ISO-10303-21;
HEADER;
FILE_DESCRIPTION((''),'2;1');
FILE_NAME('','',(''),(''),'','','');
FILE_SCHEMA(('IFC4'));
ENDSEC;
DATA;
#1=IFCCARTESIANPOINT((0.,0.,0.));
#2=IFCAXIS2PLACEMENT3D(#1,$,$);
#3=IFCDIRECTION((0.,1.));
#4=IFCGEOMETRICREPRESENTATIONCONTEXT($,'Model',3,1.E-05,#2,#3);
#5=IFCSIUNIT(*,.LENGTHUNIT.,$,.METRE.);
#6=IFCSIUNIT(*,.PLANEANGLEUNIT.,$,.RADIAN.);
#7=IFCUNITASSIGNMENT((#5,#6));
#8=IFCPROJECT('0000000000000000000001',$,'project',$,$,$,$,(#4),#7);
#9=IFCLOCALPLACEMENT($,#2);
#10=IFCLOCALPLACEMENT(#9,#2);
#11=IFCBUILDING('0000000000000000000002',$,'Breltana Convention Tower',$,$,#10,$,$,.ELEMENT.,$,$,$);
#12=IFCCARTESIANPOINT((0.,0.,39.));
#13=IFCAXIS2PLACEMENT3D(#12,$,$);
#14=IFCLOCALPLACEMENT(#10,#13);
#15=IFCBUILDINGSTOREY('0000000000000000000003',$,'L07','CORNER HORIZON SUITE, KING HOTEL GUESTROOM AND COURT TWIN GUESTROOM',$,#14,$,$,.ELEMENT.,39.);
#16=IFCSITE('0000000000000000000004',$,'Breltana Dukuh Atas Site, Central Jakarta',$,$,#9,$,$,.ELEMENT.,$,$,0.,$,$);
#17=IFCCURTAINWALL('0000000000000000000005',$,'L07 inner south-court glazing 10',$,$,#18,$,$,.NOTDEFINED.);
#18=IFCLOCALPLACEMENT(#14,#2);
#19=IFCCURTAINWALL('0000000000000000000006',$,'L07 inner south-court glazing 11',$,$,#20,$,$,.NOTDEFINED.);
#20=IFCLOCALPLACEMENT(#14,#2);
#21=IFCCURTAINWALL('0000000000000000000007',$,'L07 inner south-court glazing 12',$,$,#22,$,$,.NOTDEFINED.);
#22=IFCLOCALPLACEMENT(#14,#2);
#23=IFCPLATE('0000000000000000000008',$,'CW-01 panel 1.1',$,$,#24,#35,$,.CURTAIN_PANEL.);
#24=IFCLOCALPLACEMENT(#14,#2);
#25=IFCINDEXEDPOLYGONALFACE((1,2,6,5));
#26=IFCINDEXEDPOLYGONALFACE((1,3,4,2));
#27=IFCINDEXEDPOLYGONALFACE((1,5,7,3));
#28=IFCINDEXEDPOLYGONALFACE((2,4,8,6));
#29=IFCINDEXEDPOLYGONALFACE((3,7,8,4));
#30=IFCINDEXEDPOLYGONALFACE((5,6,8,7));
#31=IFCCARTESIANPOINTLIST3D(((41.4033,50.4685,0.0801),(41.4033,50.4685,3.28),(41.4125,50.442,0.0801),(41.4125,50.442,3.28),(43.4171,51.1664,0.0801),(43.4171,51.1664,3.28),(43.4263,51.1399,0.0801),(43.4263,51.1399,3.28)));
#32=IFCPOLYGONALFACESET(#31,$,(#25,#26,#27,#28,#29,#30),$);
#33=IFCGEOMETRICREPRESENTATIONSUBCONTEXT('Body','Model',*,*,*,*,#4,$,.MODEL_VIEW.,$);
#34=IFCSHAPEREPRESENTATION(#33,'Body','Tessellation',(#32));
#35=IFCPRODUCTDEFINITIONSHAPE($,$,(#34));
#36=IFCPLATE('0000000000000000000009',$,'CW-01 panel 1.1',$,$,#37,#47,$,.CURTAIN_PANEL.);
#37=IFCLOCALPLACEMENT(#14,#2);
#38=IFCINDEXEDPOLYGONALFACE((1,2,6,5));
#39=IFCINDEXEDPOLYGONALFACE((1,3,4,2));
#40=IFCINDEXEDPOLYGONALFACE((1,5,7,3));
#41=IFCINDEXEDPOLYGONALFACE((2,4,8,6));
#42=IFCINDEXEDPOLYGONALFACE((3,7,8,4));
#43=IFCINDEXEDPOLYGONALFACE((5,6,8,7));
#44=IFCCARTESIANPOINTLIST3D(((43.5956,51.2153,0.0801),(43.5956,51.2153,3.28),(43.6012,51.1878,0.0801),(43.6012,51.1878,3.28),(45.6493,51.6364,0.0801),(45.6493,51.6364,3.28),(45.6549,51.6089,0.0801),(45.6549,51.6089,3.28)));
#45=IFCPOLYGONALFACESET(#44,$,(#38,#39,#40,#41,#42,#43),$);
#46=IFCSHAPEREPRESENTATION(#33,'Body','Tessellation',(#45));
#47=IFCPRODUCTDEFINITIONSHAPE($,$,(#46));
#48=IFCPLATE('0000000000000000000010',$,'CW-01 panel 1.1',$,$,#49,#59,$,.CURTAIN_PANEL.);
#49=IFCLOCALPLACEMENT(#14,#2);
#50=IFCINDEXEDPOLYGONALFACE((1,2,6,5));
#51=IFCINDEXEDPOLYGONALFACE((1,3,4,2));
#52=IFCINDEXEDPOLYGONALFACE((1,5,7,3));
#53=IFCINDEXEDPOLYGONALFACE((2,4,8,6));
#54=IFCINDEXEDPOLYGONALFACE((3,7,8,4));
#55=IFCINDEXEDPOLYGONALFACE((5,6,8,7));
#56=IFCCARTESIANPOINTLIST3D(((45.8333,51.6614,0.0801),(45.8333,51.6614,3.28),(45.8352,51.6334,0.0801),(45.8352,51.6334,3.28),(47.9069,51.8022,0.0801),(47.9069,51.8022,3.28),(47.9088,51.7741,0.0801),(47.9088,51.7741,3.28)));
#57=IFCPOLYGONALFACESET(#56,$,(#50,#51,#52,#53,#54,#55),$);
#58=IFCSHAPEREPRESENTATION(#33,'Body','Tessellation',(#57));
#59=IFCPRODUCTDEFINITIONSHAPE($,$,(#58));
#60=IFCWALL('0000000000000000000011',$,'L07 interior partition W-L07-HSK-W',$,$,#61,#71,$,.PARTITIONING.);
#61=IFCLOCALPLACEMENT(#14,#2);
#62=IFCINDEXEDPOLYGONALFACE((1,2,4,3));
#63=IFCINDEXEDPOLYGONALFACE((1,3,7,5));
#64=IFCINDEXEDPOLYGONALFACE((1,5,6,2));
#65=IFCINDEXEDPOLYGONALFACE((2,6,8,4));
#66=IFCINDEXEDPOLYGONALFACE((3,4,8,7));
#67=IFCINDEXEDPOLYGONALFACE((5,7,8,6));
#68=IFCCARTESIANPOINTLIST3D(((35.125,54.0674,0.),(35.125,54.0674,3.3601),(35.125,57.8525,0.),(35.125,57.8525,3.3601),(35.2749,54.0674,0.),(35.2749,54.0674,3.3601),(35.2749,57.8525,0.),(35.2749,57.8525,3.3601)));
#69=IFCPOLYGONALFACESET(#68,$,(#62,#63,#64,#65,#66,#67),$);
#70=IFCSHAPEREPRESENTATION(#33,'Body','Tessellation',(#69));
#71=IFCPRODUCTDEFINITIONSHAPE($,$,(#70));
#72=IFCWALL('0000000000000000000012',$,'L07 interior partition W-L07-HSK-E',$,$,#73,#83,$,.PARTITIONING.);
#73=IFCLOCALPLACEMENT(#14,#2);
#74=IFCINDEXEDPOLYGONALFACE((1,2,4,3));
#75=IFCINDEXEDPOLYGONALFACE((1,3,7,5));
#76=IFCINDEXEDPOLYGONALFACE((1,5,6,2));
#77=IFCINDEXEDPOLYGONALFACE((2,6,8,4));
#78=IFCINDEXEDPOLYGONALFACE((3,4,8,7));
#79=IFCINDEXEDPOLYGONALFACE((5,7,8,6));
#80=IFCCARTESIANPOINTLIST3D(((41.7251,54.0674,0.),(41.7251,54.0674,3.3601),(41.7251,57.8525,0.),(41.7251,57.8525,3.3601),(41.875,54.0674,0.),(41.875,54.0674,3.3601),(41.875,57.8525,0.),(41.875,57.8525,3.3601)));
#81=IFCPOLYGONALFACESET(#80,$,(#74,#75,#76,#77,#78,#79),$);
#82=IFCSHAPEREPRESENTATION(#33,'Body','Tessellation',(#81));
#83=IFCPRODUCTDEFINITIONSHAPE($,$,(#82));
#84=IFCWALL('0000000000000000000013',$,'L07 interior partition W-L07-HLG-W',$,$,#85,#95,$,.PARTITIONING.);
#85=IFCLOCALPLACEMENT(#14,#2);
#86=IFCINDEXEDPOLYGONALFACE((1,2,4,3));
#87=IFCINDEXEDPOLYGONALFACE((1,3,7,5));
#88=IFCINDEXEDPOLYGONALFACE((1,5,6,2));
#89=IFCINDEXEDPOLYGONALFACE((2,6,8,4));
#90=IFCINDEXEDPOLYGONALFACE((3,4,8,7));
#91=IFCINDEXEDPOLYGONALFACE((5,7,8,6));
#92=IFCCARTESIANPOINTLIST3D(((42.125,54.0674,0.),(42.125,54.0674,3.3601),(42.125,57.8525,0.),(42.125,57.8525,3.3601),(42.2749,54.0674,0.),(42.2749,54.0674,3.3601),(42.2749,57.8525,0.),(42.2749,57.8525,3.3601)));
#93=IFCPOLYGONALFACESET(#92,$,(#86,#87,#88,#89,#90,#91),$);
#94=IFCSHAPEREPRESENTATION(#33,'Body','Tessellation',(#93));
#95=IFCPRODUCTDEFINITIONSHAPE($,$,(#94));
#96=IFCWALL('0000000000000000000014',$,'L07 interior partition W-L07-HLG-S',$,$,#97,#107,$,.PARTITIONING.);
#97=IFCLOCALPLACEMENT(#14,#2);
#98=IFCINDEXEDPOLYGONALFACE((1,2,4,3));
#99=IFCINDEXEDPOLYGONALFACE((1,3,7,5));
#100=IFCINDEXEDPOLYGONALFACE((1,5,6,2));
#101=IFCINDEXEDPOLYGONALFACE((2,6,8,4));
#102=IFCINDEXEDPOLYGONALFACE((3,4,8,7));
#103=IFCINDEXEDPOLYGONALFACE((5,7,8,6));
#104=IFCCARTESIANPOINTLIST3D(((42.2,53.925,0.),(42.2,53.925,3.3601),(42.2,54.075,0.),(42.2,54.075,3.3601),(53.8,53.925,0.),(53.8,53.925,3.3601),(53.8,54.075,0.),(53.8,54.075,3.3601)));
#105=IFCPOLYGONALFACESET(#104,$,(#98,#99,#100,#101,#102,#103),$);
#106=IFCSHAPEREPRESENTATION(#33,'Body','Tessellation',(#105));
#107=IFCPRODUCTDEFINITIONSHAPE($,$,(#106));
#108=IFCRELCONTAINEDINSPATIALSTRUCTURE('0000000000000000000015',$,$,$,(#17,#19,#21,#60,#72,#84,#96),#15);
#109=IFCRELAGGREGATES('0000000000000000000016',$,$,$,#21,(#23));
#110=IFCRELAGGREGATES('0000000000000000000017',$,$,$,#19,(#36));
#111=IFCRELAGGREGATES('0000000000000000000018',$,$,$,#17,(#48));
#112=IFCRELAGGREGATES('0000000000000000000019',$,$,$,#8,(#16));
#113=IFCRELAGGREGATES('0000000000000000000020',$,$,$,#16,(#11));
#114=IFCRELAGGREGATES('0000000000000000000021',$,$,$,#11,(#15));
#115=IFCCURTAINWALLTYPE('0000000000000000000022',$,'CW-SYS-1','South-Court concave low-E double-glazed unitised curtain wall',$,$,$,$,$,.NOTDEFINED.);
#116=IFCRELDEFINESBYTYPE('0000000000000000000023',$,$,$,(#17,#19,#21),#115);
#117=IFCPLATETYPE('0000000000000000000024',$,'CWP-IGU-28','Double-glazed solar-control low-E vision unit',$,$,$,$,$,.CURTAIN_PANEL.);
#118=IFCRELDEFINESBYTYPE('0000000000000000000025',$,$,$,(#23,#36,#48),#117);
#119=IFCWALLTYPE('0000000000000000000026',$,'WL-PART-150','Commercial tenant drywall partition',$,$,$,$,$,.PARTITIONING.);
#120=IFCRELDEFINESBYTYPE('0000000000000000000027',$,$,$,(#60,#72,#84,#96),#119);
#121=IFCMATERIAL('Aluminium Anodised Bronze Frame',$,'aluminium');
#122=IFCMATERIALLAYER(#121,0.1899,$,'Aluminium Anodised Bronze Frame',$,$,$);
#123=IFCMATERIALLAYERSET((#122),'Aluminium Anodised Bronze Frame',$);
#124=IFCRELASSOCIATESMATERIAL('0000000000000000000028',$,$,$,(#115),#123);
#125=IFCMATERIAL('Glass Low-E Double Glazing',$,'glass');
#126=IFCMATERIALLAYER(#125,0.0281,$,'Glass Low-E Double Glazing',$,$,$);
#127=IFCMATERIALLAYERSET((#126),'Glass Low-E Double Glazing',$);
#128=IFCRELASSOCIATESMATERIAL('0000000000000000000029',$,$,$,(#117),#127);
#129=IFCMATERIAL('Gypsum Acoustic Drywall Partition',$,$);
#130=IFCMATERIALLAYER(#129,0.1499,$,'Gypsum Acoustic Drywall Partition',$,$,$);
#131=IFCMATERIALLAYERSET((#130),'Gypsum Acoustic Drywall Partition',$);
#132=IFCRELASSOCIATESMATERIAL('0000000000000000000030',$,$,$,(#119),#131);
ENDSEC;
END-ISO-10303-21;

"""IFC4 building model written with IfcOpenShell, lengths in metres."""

from ifc_helpers import new_model, si_unit, direction, frame, frame_2d, origin, origin_2d, place, context, subcontext, project, spatial, rectangle, extrude, source, transform, mapped, material, layer, layer_set, type_object, element, aggregate, save


model = new_model("IFC4")

# Units and contexts
model_context = context("Model", 3, precision=1e-05, world=origin(), true_north=direction((0.0, 1.0)))
body_context = subcontext(model_context, "Body", "Model", "MODEL_VIEW")
ifc_project = project(units=[si_unit("LENGTHUNIT", "METRE"), si_unit("PLANEANGLEUNIT", "RADIAN")], contexts=[model_context])

# Site, building, storey
site_placement = place(None, origin())
site = spatial("IfcSite", under=ifc_project, at=site_placement, Name="Breltana Dukuh Atas Site, Central Jakarta", CompositionType="ELEMENT", RefElevation=0.0)
building_placement = place(site_placement, origin())
building = spatial("IfcBuilding", under=site, at=building_placement, Name="Breltana Convention Tower", CompositionType="ELEMENT")
storey_placement = place(building_placement, frame((0.0, 0.0, 39.0)))
storey = spatial("IfcBuildingStorey", under=building, at=storey_placement, Name="L07", Description="CORNER HORIZON SUITE, KING HOTEL GUESTROOM AND COURT TWIN GUESTROOM", CompositionType="ELEMENT", Elevation=39.0)

# Curtain walls
ifc_material_1 = material(Name="Aluminium Anodised Bronze Frame", Category="aluminium")
ifc_layer_1 = layer(ifc_material_1, 0.1899, Name="Aluminium Anodised Bronze Frame")
ifc_layer_set_1 = layer_set([ifc_layer_1], Name="Aluminium Anodised Bronze Frame")
curtain_wall_type = type_object("IfcCurtainWallType", Name="CW-SYS-1", Description="South-Court concave low-E double-glazed unitised curtain wall", PredefinedType="NOTDEFINED", material=ifc_layer_set_1)
curtain_wall_1_placement = place(storey_placement, origin())
curtain_wall_1 = element("IfcCurtainWall", 1, at=curtain_wall_1_placement, inside=storey, type_object=curtain_wall_type, Name="L07 inner south-court glazing 10", PredefinedType="NOTDEFINED")
curtain_wall_2_placement = place(storey_placement, origin())
curtain_wall_2 = element("IfcCurtainWall", 2, at=curtain_wall_2_placement, inside=storey, type_object=curtain_wall_type, Name="L07 inner south-court glazing 11", PredefinedType="NOTDEFINED")
curtain_wall_3_placement = place(storey_placement, origin())
curtain_wall_3 = element("IfcCurtainWall", 3, at=curtain_wall_3_placement, inside=storey, type_object=curtain_wall_type, Name="L07 inner south-court glazing 12", PredefinedType="NOTDEFINED")

# Plates
ifc_material_2 = material(Name="Glass Low-E Double Glazing", Category="glass")
ifc_layer_2 = layer(ifc_material_2, 0.0281, Name="Glass Low-E Double Glazing")
ifc_layer_set_2 = layer_set([ifc_layer_2], Name="Glass Low-E Double Glazing")
plate_type = type_object("IfcPlateType", Name="CWP-IGU-28", Description="Double-glazed solar-control low-E vision unit", PredefinedType="CURTAIN_PANEL", material=ifc_layer_set_2)
shared_shape_1 = source(origin(), body_context, "Body", "SweptSolid", [
    extrude(rectangle(XDim=2.1313, YDim=0.0281, at=origin_2d()), origin(), (0.0, 0.0, 1.0), 3.2),
])
plate_1_placement = place(storey_placement, frame((42.4148, 50.8042, 0.0801), z_axis=(0.0, 0.0, 1.0), x_axis=(-0.944881, -0.327413, 0.0)))
plate_1 = element("IfcPlate", 4, at=plate_1_placement, type_object=plate_type, Name="CW-01 panel 1.1", PredefinedType="CURTAIN_PANEL", context=body_context, shape_type="MappedRepresentation", body=[
    mapped(shared_shape_1, transform((0.0, 0.0, 0.0), scale=1.0)),
])
aggregate(curtain_wall_3, [plate_1])
shared_shape_2 = source(origin(), body_context, "Body", "SweptSolid", [
    extrude(rectangle(XDim=2.0964, YDim=0.0281, at=origin_2d()), origin(), (0.0, 0.0, 1.0), 3.2),
])
plate_2_placement = place(storey_placement, frame((44.6252, 51.4121, 0.0801), z_axis=(0.0, 0.0, 1.0), x_axis=(-0.979615, -0.200886, 0.0)))
plate_2 = element("IfcPlate", 5, at=plate_2_placement, type_object=plate_type, Name="CW-01 panel 1.1", PredefinedType="CURTAIN_PANEL", context=body_context, shape_type="MappedRepresentation", body=[
    mapped(shared_shape_2, transform((0.0, 0.0, 0.0), scale=1.0)),
])
aggregate(curtain_wall_2, [plate_2])
shared_shape_3 = source(origin(), body_context, "Body", "SweptSolid", [
    extrude(rectangle(XDim=2.0784, YDim=0.0281, at=origin_2d()), origin(), (0.0, 0.0, 1.0), 3.2),
])
plate_3_placement = place(storey_placement, frame((46.8711, 51.7178, 0.0801), z_axis=(0.0, 0.0, 1.0), x_axis=(-0.997704, -0.067726, 0.0)))
plate_3 = element("IfcPlate", 6, at=plate_3_placement, type_object=plate_type, Name="CW-01 panel 1.1", PredefinedType="CURTAIN_PANEL", context=body_context, shape_type="MappedRepresentation", body=[
    mapped(shared_shape_3, transform((0.0, 0.0, 0.0), scale=1.0)),
])
aggregate(curtain_wall_1, [plate_3])

# Walls
ifc_material_3 = material(Name="Gypsum Acoustic Drywall Partition")
ifc_layer_3 = layer(ifc_material_3, 0.1499, Name="Gypsum Acoustic Drywall Partition")
ifc_layer_set_3 = layer_set([ifc_layer_3], Name="Gypsum Acoustic Drywall Partition")
wall_type = type_object("IfcWallType", Name="WL-PART-150", Description="Commercial tenant drywall partition", PredefinedType="PARTITIONING", material=ifc_layer_set_3)
shared_shape_4 = source(origin(), body_context, "Body", "SweptSolid", [
    extrude(rectangle(XDim=3.7852, YDim=0.1499, at=frame_2d((1.8926, 0.0))), origin(), (0.0, 0.0, 1.0), 3.3601),
])
for number, where, z_axis, x_axis, name in (
    (7, (35.2, 54.0674, 0.0), (0.0, 0.0, 1.0), (0.0, 1.0, 0.0), "L07 interior partition W-L07-HSK-W"),
    (8, (41.8, 54.0674, 0.0), (0.0, 0.0, 1.0), (0.0, 1.0, 0.0), "L07 interior partition W-L07-HSK-E"),
    (9, (42.2, 54.0674, 0.0), (0.0, 0.0, 1.0), (0.0, 1.0, 0.0), "L07 interior partition W-L07-HLG-W"),
):
    element("IfcWall", number, at=place(storey_placement, frame(where, z_axis=z_axis, x_axis=x_axis)), inside=storey, type_object=wall_type, Name=name, PredefinedType="PARTITIONING", context=body_context, shape_type="MappedRepresentation", body=[
        mapped(shared_shape_4, transform((0.0, 0.0, 0.0), scale=1.0)),
    ])
shared_shape_5 = source(origin(), body_context, "Body", "SweptSolid", [
    extrude(rectangle(XDim=11.6001, YDim=0.1499, at=frame_2d((5.8, 0.0))), origin(), (0.0, 0.0, 1.0), 3.3601),
])
wall_placement = place(storey_placement, frame((42.2, 54.0, 0.0), z_axis=(0.0, 0.0, 1.0), x_axis=(1.0, 0.0, 0.0)))
element("IfcWall", 10, at=wall_placement, inside=storey, type_object=wall_type, Name="L07 interior partition W-L07-HLG-S", PredefinedType="PARTITIONING", context=body_context, shape_type="MappedRepresentation", body=[
    mapped(shared_shape_5, transform((0.0, 0.0, 0.0), scale=1.0)),
])

save(model, "model.ifc")
